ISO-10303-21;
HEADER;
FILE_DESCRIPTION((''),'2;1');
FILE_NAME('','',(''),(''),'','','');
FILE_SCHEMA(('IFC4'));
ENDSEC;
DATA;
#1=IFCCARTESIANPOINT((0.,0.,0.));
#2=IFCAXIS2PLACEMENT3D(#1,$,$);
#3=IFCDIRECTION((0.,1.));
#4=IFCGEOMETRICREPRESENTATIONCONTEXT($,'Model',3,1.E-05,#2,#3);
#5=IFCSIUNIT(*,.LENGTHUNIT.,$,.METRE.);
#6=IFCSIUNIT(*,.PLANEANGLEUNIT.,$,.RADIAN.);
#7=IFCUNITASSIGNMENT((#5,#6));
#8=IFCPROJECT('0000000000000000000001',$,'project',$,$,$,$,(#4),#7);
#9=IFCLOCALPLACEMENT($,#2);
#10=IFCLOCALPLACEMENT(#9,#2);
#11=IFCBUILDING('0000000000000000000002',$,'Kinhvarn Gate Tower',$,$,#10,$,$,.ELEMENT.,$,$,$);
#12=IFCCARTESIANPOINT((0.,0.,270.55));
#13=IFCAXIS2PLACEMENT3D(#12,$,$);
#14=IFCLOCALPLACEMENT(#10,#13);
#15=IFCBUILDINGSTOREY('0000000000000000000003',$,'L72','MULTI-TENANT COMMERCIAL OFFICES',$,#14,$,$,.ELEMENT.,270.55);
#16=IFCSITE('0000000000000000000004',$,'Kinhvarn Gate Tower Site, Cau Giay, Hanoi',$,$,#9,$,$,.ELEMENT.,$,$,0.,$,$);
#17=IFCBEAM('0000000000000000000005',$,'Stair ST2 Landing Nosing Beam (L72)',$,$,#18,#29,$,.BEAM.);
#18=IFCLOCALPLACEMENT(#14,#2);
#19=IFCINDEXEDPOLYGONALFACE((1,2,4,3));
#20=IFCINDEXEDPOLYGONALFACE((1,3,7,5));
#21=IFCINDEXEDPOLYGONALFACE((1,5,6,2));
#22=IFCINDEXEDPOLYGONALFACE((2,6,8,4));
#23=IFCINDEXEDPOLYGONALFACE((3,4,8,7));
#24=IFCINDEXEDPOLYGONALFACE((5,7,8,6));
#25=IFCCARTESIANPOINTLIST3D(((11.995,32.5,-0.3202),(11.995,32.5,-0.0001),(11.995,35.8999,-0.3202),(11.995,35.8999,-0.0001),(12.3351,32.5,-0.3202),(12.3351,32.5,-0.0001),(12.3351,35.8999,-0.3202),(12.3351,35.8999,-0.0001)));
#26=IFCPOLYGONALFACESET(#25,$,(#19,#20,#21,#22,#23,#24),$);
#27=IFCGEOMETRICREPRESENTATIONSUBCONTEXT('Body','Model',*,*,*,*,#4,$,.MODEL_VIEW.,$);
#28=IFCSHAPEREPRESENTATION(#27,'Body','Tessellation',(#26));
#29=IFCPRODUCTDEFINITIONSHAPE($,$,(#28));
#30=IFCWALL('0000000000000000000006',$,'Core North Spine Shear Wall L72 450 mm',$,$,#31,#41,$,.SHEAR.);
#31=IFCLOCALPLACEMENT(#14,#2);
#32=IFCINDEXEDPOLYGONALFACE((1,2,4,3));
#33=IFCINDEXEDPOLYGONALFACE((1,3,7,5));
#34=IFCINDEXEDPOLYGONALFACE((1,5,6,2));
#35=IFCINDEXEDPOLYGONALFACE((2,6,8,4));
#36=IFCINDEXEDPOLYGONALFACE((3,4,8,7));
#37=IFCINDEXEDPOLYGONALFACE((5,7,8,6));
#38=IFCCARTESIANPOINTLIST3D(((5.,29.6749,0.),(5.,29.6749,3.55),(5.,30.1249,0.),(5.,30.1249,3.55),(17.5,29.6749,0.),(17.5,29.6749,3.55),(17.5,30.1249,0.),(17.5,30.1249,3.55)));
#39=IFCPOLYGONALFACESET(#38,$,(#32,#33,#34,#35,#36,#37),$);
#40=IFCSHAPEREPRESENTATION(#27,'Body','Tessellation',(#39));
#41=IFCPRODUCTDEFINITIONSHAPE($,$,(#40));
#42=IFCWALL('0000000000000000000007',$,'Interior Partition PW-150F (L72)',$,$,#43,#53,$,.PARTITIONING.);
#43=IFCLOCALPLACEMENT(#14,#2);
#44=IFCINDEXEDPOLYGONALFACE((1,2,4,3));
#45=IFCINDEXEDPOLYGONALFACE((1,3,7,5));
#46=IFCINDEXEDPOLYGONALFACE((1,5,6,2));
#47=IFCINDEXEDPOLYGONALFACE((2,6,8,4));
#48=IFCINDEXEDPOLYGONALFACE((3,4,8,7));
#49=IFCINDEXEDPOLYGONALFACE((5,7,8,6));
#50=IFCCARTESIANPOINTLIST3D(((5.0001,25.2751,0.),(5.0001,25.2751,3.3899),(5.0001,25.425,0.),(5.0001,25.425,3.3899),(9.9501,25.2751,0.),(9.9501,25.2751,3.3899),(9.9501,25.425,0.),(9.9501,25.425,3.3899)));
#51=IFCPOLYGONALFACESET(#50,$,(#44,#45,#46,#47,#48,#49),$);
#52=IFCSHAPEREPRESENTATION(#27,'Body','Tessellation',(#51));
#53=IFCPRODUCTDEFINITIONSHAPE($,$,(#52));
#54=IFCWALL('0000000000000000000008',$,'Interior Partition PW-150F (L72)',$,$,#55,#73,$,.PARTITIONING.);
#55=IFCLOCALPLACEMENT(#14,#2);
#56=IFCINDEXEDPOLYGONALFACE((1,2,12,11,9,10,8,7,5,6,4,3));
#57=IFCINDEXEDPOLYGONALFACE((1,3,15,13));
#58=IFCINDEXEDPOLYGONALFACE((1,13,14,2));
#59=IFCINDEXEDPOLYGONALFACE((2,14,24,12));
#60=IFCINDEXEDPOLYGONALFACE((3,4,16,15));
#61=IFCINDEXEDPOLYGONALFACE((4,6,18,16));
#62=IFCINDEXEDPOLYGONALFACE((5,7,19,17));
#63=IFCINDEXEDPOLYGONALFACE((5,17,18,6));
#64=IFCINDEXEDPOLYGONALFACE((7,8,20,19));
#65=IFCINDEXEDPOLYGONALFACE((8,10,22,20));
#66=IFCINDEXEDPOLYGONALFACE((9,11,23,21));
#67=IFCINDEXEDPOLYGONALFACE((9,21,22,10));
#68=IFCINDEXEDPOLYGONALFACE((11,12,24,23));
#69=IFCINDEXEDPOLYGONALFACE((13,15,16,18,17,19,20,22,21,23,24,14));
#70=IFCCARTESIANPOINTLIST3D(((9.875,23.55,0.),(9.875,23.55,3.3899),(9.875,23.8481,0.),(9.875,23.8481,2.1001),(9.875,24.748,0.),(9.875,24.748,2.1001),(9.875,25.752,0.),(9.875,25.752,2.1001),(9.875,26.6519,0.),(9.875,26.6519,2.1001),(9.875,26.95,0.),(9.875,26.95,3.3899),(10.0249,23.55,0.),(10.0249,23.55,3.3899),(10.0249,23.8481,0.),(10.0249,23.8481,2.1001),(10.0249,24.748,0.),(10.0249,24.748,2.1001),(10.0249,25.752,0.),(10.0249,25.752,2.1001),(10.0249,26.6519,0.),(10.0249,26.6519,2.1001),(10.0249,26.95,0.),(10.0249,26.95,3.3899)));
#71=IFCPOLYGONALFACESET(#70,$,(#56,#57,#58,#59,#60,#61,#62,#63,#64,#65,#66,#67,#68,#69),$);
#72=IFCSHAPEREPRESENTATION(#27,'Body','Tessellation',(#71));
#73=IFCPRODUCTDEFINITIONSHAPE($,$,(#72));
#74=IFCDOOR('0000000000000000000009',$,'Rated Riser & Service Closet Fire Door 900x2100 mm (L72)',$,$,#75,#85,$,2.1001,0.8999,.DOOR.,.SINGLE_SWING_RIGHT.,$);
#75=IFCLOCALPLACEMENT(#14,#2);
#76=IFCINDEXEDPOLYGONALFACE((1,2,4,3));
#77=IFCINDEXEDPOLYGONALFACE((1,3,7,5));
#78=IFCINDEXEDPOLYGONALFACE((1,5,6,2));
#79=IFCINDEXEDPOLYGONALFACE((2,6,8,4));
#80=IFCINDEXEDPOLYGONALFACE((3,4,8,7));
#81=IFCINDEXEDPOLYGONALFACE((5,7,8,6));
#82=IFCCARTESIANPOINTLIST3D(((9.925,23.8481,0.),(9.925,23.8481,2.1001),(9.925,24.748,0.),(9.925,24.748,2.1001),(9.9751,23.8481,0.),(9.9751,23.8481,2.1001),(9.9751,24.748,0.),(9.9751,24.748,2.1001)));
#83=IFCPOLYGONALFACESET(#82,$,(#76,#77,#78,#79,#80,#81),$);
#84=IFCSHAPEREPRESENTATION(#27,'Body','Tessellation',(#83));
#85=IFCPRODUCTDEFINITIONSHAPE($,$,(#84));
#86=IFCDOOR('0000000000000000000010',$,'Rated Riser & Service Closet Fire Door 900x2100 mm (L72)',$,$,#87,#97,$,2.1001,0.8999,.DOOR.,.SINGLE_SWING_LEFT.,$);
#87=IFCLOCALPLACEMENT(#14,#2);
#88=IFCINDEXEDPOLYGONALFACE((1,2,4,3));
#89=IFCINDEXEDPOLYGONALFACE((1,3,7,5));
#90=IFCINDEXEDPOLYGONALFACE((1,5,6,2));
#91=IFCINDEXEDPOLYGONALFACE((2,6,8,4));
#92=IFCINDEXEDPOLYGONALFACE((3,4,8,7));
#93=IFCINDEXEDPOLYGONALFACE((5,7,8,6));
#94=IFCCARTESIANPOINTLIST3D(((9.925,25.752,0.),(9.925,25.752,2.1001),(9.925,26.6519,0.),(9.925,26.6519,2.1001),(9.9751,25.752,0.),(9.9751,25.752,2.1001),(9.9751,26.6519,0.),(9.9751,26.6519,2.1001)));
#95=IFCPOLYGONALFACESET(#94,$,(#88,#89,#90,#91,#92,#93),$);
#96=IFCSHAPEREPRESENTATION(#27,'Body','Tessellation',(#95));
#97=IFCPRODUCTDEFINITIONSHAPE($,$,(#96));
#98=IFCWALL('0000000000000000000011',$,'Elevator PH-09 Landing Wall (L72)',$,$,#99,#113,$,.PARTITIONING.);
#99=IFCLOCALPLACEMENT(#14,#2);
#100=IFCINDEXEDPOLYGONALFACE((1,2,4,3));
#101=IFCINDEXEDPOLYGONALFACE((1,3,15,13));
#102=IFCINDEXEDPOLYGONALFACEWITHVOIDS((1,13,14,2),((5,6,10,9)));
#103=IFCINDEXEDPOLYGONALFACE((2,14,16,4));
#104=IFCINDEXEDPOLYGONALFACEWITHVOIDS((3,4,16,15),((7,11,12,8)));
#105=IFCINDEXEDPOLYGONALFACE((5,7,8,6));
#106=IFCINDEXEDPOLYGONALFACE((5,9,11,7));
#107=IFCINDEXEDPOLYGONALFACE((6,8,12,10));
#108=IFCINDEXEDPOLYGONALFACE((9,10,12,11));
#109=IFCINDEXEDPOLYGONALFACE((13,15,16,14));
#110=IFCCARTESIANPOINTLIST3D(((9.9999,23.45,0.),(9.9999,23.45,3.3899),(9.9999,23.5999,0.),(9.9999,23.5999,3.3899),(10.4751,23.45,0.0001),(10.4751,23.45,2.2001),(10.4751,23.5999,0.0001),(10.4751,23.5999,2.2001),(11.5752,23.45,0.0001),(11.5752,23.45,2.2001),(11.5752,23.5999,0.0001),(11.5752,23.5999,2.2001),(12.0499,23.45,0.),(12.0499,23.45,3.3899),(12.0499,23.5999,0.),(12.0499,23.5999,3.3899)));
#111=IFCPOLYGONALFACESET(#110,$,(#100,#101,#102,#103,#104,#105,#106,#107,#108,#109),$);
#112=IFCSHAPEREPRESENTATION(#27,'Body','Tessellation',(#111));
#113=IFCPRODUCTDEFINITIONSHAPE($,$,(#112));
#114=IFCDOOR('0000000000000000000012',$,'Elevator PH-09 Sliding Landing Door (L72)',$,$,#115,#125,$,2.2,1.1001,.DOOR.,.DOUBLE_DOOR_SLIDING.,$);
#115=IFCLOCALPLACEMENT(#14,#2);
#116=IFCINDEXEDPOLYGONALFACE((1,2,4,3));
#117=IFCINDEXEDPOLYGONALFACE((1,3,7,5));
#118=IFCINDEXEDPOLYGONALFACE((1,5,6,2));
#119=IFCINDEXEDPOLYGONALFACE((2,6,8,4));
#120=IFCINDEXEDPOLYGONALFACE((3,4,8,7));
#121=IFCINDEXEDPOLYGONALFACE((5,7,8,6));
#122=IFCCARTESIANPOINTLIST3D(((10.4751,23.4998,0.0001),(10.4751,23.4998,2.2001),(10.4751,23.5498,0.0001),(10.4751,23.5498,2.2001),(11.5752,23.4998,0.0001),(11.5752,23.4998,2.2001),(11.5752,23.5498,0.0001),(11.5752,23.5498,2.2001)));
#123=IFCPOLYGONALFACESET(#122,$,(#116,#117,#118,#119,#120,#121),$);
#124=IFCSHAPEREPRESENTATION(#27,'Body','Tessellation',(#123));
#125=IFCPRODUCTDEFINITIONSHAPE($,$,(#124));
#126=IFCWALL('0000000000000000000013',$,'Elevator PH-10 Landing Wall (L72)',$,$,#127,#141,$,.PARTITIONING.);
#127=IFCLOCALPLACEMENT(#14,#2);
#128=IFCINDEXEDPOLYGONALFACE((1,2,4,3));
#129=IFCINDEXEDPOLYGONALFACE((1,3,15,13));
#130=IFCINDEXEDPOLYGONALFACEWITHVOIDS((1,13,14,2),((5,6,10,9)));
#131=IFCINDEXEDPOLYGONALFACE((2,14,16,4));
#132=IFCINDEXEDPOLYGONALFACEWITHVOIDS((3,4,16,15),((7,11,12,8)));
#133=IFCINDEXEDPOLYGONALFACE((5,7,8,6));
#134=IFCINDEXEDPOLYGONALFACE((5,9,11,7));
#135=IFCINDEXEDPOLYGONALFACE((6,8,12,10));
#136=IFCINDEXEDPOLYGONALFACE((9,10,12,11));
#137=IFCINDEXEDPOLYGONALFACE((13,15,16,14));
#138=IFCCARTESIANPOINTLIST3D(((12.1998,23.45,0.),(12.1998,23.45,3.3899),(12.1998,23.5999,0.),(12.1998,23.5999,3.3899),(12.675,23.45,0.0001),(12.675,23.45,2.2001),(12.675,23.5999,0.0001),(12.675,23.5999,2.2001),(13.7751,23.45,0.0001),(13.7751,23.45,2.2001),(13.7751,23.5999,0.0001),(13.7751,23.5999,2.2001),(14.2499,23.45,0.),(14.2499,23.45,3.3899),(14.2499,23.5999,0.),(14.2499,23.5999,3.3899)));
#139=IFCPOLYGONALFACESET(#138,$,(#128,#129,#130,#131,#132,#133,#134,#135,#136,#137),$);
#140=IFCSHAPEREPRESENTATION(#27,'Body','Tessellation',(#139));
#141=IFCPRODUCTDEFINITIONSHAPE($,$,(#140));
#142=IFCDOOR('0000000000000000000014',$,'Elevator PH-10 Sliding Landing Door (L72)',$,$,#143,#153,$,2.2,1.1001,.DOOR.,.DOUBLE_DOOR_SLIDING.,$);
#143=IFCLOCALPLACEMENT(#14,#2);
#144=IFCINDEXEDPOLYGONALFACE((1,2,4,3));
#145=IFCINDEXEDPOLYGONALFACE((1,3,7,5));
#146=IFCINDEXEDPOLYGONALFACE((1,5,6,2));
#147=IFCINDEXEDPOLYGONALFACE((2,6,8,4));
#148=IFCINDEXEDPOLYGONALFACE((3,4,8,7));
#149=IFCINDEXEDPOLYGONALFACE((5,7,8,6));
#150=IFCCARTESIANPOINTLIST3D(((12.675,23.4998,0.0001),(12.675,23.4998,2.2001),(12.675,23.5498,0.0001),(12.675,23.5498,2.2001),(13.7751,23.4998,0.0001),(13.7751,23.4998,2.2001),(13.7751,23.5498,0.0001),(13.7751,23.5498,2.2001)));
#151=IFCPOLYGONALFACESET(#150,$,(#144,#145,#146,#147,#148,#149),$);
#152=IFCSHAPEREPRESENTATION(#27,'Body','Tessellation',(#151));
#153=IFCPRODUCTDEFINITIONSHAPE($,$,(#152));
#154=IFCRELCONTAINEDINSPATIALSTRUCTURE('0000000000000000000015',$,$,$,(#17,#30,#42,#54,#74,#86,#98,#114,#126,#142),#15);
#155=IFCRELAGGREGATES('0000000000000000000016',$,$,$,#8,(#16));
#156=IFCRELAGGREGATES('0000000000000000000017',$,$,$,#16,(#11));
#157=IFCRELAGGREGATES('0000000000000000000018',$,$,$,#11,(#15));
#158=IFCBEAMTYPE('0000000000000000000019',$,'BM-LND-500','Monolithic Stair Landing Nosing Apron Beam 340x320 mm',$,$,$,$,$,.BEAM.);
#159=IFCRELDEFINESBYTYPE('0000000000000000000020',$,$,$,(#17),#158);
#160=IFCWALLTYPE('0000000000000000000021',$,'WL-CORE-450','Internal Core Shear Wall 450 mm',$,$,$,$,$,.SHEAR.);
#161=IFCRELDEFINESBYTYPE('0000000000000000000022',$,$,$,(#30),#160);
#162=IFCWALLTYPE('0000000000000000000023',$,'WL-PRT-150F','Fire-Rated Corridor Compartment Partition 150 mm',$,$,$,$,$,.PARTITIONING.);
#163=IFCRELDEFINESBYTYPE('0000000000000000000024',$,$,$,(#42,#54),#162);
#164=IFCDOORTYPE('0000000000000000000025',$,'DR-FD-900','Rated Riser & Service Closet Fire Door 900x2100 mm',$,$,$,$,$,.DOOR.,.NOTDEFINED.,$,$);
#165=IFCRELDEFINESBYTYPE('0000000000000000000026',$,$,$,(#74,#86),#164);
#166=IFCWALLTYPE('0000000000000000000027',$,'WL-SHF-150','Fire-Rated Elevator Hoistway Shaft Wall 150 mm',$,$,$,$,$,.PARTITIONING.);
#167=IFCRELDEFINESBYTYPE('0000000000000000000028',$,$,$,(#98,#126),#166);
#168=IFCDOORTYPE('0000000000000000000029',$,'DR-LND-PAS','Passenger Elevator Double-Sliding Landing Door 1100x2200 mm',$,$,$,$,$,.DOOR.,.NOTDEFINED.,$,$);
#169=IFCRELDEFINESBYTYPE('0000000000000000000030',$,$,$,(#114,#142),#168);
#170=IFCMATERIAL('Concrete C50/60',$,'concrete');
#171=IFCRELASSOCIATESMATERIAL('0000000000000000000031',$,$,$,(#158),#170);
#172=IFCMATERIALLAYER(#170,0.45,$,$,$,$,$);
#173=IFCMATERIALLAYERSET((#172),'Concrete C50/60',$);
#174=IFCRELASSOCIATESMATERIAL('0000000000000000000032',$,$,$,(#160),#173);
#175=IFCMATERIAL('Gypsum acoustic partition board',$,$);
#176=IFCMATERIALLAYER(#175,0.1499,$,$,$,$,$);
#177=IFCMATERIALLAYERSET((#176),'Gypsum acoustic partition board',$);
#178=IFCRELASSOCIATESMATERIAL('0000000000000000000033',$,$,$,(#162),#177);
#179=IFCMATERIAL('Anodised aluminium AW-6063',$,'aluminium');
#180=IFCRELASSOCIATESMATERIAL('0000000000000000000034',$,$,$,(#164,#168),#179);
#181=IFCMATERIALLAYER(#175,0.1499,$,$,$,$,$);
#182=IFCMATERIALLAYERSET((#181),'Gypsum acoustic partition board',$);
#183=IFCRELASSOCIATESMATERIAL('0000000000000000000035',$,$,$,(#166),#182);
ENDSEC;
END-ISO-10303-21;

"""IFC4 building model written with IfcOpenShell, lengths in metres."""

from ifc_helpers import new_model, si_unit, direction, frame, frame_2d, origin, origin_2d, place, context, subcontext, project, spatial, rectangle, extrude, material, layer, layer_set, material_profile, profile_set, type_object, element, fill, save


model = new_model("IFC4")

# Units and contexts
model_context = context("Model", 3, precision=1e-05, world=origin(), true_north=direction((0.0, 1.0)))
body_context = subcontext(model_context, "Body", "Model", "MODEL_VIEW")
ifc_project = project(units=[si_unit("LENGTHUNIT", "METRE"), si_unit("PLANEANGLEUNIT", "RADIAN")], contexts=[model_context])

# Site, building, storey
site_placement = place(None, origin())
site = spatial("IfcSite", under=ifc_project, at=site_placement, Name="Kinhvarn Gate Tower Site, Cau Giay, Hanoi", CompositionType="ELEMENT", RefElevation=0.0)
building_placement = place(site_placement, origin())
building = spatial("IfcBuilding", under=site, at=building_placement, Name="Kinhvarn Gate Tower", CompositionType="ELEMENT")
storey_placement = place(building_placement, frame((0.0, 0.0, 270.55)))
storey = spatial("IfcBuildingStorey", under=building, at=storey_placement, Name="L72", Description="MULTI-TENANT COMMERCIAL OFFICES", CompositionType="ELEMENT", Elevation=270.55)

# Beam
ifc_material_1 = material(Name="Concrete C50/60", Category="concrete")
ifc_material_profile = material_profile(ifc_material_1, rectangle(XDim=0.3401, YDim=0.3201, at=origin_2d()), Name="RC 340x320")
ifc_profile_set = profile_set([ifc_material_profile], Name="Concrete C50/60")
beam_type = type_object("IfcBeamType", Name="BM-LND-500", Description="Monolithic Stair Landing Nosing Apron Beam 340x320 mm", PredefinedType="BEAM", material=ifc_profile_set)
beam_placement = place(storey_placement, frame((12.165, 32.5, -0.1602), z_axis=(0.0, 1.0, 0.0), x_axis=(-1.0, 0.0, 0.0)))
element("IfcBeam", 1, at=beam_placement, inside=storey, type_object=beam_type, Name="Stair ST2 Landing Nosing Beam (L72)", PredefinedType="BEAM", context=body_context, shape_type="SweptSolid", body=[
    extrude(rectangle(XDim=0.3401, YDim=0.3201, at=origin_2d()), origin(), (0.0, 0.0, 1.0), 3.3999),
])

# Walls
ifc_layer_1 = layer(ifc_material_1, 0.45)
ifc_layer_set_1 = layer_set([ifc_layer_1], Name="Concrete C50/60")
wall_type_1 = type_object("IfcWallType", Name="WL-CORE-450", Description="Internal Core Shear Wall 450 mm", PredefinedType="SHEAR", material=ifc_layer_set_1)
wall_1_placement = place(storey_placement, frame((5.0, 29.8999, 0.0), z_axis=(0.0, 0.0, 1.0), x_axis=(1.0, 0.0, 0.0)))
element("IfcWall", 2, at=wall_1_placement, inside=storey, type_object=wall_type_1, Name="Core North Spine Shear Wall L72 450 mm", PredefinedType="SHEAR", context=body_context, shape_type="SweptSolid", body=[
    extrude(rectangle(XDim=12.5, YDim=0.45, at=frame_2d((6.25, 0.0))), origin(), (0.0, 0.0, 1.0), 3.55),
])
ifc_material_2 = material(Name="Gypsum acoustic partition board")
ifc_layer_2 = layer(ifc_material_2, 0.1499)
ifc_layer_set_2 = layer_set([ifc_layer_2], Name="Gypsum acoustic partition board")
wall_type_2 = type_object("IfcWallType", Name="WL-PRT-150F", Description="Fire-Rated Corridor Compartment Partition 150 mm", PredefinedType="PARTITIONING", material=ifc_layer_set_2)
wall_2_placement = place(storey_placement, frame((5.0, 25.3501, 0.0), z_axis=(0.0, 0.0, 1.0), x_axis=(1.0, 0.0, 0.0)))
element("IfcWall", 3, at=wall_2_placement, inside=storey, type_object=wall_type_2, Name="Interior Partition PW-150F (L72)", PredefinedType="PARTITIONING", context=body_context, shape_type="SweptSolid", body=[
    extrude(rectangle(XDim=4.95, YDim=0.1499, at=frame_2d((2.4751, 0.0))), origin(), (0.0, 0.0, 1.0), 3.3899),
])

# Wall, openings, doors
wall_3_placement = place(storey_placement, frame((9.95, 23.55, 0.0), z_axis=(0.0, 0.0, 1.0), x_axis=(0.0, 1.0, 0.0)))
wall_3 = element("IfcWall", 4, at=wall_3_placement, inside=storey, type_object=wall_type_2, Name="Interior Partition PW-150F (L72)", PredefinedType="PARTITIONING", context=body_context, shape_type="SweptSolid", body=[
    extrude(rectangle(XDim=3.3999, YDim=0.1499, at=frame_2d((1.7, 0.0))), origin(), (0.0, 0.0, 1.0), 3.3899),
])
opening_1_placement = place(wall_3_placement, frame((0.2981, 0.0, 0.0)))
opening_1 = element("IfcOpeningElement", 5, at=opening_1_placement, cuts=wall_3, PredefinedType="OPENING", context=body_context, shape_type="SweptSolid", body=[
    extrude(rectangle(XDim=0.8999, YDim=2.1001, at=frame_2d((0.45, 1.05))), frame((0.0, 0.085, 0.0), z_axis=(0.0, -1.0, 0.0), x_axis=(1.0, 0.0, 0.0)), (0.0, 0.0, 1.0), 0.1699),
])
opening_2_placement = place(wall_3_placement, frame((2.2019, 0.0, 0.0)))
opening_2 = element("IfcOpeningElement", 6, at=opening_2_placement, cuts=wall_3, PredefinedType="OPENING", context=body_context, shape_type="SweptSolid", body=[
    extrude(rectangle(XDim=0.8999, YDim=2.1001, at=frame_2d((0.45, 1.05))), frame((0.0, 0.085, 0.0), z_axis=(0.0, -1.0, 0.0), x_axis=(1.0, 0.0, 0.0)), (0.0, 0.0, 1.0), 0.1699),
])
ifc_material_3 = material(Name="Anodised aluminium AW-6063", Category="aluminium")
door_type_1 = type_object("IfcDoorType", Name="DR-FD-900", Description="Rated Riser & Service Closet Fire Door 900x2100 mm", OperationType="NOTDEFINED", PredefinedType="DOOR", material=ifc_material_3)
door_1_placement = place(opening_1_placement, origin())
door_1 = element("IfcDoor", 7, at=door_1_placement, inside=storey, type_object=door_type_1, Name="Rated Riser & Service Closet Fire Door 900x2100 mm (L72)", OperationType="SINGLE_SWING_RIGHT", OverallHeight=2.1001, OverallWidth=0.8999, PredefinedType="DOOR", context=body_context, shape_type="SweptSolid", body=[
    extrude(rectangle(XDim=0.8999, YDim=2.1001, at=frame_2d((0.45, 1.05))), frame((0.0, 0.0249, 0.0), z_axis=(0.0, -1.0, 0.0), x_axis=(1.0, 0.0, 0.0)), (0.0, 0.0, 1.0), 0.05),
])
fill(opening_1, door_1)
door_2_placement = place(opening_2_placement, origin())
door_2 = element("IfcDoor", 8, at=door_2_placement, inside=storey, type_object=door_type_1, Name="Rated Riser & Service Closet Fire Door 900x2100 mm (L72)", OperationType="SINGLE_SWING_LEFT", OverallHeight=2.1001, OverallWidth=0.8999, PredefinedType="DOOR", context=body_context, shape_type="SweptSolid", body=[
    extrude(rectangle(XDim=0.8999, YDim=2.1001, at=frame_2d((0.45, 1.05))), frame((0.0, 0.0249, 0.0), z_axis=(0.0, -1.0, 0.0), x_axis=(1.0, 0.0, 0.0)), (0.0, 0.0, 1.0), 0.05),
])
fill(opening_2, door_2)

# Walls, openings, doors
ifc_layer_3 = layer(ifc_material_2, 0.1499)
ifc_layer_set_3 = layer_set([ifc_layer_3], Name="Gypsum acoustic partition board")
wall_type_3 = type_object("IfcWallType", Name="WL-SHF-150", Description="Fire-Rated Elevator Hoistway Shaft Wall 150 mm", PredefinedType="PARTITIONING", material=ifc_layer_set_3)
wall_4_placement = place(storey_placement, frame((10.0, 23.5249, 0.0), z_axis=(0.0, 0.0, 1.0), x_axis=(1.0, 0.0, 0.0)))
wall_4 = element("IfcWall", 9, at=wall_4_placement, inside=storey, type_object=wall_type_3, Name="Elevator PH-09 Landing Wall (L72)", PredefinedType="PARTITIONING", context=body_context, shape_type="SweptSolid", body=[
    extrude(rectangle(XDim=2.05, YDim=0.1499, at=frame_2d((1.0249, 0.0))), origin(), (0.0, 0.0, 1.0), 3.3899),
])
opening_3_placement = place(wall_4_placement, frame((0.4751, 0.0, 0.0)))
opening_3 = element("IfcOpeningElement", 10, at=opening_3_placement, cuts=wall_4, PredefinedType="OPENING", context=body_context, shape_type="SweptSolid", body=[
    extrude(rectangle(XDim=1.1001, YDim=2.2, at=frame_2d((0.55, 1.1001))), frame((0.0, 0.085, 0.0), z_axis=(0.0, -1.0, 0.0), x_axis=(1.0, 0.0, 0.0)), (0.0, 0.0, 1.0), 0.1699),
])
door_type_2 = type_object("IfcDoorType", Name="DR-LND-PAS", Description="Passenger Elevator Double-Sliding Landing Door 1100x2200 mm", OperationType="NOTDEFINED", PredefinedType="DOOR", material=ifc_material_3)
door_3_placement = place(opening_3_placement, origin())
door_3 = element("IfcDoor", 11, at=door_3_placement, inside=storey, type_object=door_type_2, Name="Elevator PH-09 Sliding Landing Door (L72)", OperationType="DOUBLE_DOOR_SLIDING", OverallHeight=2.2, OverallWidth=1.1001, PredefinedType="DOOR", context=body_context, shape_type="SweptSolid", body=[
    extrude(rectangle(XDim=1.1001, YDim=2.2, at=frame_2d((0.55, 1.1001))), frame((0.0, 0.0249, 0.0), z_axis=(0.0, -1.0, 0.0), x_axis=(1.0, 0.0, 0.0)), (0.0, 0.0, 1.0), 0.05),
])
fill(opening_3, door_3)
wall_5_placement = place(storey_placement, frame((12.2, 23.5249, 0.0), z_axis=(0.0, 0.0, 1.0), x_axis=(1.0, 0.0, 0.0)))
wall_5 = element("IfcWall", 12, at=wall_5_placement, inside=storey, type_object=wall_type_3, Name="Elevator PH-10 Landing Wall (L72)", PredefinedType="PARTITIONING", context=body_context, shape_type="SweptSolid", body=[
    extrude(rectangle(XDim=2.05, YDim=0.1499, at=frame_2d((1.0249, 0.0))), origin(), (0.0, 0.0, 1.0), 3.3899),
])
opening_4_placement = place(wall_5_placement, frame((0.4751, 0.0, 0.0)))
opening_4 = element("IfcOpeningElement", 13, at=opening_4_placement, cuts=wall_5, PredefinedType="OPENING", context=body_context, shape_type="SweptSolid", body=[
    extrude(rectangle(XDim=1.1001, YDim=2.2, at=frame_2d((0.55, 1.1001))), frame((0.0, 0.085, 0.0), z_axis=(0.0, -1.0, 0.0), x_axis=(1.0, 0.0, 0.0)), (0.0, 0.0, 1.0), 0.1699),
])
door_4_placement = place(opening_4_placement, origin())
door_4 = element("IfcDoor", 14, at=door_4_placement, inside=storey, type_object=door_type_2, Name="Elevator PH-10 Sliding Landing Door (L72)", OperationType="DOUBLE_DOOR_SLIDING", OverallHeight=2.2, OverallWidth=1.1001, PredefinedType="DOOR", context=body_context, shape_type="SweptSolid", body=[
    extrude(rectangle(XDim=1.1001, YDim=2.2, at=frame_2d((0.55, 1.1001))), frame((0.0, 0.0249, 0.0), z_axis=(0.0, -1.0, 0.0), x_axis=(1.0, 0.0, 0.0)), (0.0, 0.0, 1.0), 0.05),
])
fill(opening_4, door_4)

save(model, "model.ifc")
